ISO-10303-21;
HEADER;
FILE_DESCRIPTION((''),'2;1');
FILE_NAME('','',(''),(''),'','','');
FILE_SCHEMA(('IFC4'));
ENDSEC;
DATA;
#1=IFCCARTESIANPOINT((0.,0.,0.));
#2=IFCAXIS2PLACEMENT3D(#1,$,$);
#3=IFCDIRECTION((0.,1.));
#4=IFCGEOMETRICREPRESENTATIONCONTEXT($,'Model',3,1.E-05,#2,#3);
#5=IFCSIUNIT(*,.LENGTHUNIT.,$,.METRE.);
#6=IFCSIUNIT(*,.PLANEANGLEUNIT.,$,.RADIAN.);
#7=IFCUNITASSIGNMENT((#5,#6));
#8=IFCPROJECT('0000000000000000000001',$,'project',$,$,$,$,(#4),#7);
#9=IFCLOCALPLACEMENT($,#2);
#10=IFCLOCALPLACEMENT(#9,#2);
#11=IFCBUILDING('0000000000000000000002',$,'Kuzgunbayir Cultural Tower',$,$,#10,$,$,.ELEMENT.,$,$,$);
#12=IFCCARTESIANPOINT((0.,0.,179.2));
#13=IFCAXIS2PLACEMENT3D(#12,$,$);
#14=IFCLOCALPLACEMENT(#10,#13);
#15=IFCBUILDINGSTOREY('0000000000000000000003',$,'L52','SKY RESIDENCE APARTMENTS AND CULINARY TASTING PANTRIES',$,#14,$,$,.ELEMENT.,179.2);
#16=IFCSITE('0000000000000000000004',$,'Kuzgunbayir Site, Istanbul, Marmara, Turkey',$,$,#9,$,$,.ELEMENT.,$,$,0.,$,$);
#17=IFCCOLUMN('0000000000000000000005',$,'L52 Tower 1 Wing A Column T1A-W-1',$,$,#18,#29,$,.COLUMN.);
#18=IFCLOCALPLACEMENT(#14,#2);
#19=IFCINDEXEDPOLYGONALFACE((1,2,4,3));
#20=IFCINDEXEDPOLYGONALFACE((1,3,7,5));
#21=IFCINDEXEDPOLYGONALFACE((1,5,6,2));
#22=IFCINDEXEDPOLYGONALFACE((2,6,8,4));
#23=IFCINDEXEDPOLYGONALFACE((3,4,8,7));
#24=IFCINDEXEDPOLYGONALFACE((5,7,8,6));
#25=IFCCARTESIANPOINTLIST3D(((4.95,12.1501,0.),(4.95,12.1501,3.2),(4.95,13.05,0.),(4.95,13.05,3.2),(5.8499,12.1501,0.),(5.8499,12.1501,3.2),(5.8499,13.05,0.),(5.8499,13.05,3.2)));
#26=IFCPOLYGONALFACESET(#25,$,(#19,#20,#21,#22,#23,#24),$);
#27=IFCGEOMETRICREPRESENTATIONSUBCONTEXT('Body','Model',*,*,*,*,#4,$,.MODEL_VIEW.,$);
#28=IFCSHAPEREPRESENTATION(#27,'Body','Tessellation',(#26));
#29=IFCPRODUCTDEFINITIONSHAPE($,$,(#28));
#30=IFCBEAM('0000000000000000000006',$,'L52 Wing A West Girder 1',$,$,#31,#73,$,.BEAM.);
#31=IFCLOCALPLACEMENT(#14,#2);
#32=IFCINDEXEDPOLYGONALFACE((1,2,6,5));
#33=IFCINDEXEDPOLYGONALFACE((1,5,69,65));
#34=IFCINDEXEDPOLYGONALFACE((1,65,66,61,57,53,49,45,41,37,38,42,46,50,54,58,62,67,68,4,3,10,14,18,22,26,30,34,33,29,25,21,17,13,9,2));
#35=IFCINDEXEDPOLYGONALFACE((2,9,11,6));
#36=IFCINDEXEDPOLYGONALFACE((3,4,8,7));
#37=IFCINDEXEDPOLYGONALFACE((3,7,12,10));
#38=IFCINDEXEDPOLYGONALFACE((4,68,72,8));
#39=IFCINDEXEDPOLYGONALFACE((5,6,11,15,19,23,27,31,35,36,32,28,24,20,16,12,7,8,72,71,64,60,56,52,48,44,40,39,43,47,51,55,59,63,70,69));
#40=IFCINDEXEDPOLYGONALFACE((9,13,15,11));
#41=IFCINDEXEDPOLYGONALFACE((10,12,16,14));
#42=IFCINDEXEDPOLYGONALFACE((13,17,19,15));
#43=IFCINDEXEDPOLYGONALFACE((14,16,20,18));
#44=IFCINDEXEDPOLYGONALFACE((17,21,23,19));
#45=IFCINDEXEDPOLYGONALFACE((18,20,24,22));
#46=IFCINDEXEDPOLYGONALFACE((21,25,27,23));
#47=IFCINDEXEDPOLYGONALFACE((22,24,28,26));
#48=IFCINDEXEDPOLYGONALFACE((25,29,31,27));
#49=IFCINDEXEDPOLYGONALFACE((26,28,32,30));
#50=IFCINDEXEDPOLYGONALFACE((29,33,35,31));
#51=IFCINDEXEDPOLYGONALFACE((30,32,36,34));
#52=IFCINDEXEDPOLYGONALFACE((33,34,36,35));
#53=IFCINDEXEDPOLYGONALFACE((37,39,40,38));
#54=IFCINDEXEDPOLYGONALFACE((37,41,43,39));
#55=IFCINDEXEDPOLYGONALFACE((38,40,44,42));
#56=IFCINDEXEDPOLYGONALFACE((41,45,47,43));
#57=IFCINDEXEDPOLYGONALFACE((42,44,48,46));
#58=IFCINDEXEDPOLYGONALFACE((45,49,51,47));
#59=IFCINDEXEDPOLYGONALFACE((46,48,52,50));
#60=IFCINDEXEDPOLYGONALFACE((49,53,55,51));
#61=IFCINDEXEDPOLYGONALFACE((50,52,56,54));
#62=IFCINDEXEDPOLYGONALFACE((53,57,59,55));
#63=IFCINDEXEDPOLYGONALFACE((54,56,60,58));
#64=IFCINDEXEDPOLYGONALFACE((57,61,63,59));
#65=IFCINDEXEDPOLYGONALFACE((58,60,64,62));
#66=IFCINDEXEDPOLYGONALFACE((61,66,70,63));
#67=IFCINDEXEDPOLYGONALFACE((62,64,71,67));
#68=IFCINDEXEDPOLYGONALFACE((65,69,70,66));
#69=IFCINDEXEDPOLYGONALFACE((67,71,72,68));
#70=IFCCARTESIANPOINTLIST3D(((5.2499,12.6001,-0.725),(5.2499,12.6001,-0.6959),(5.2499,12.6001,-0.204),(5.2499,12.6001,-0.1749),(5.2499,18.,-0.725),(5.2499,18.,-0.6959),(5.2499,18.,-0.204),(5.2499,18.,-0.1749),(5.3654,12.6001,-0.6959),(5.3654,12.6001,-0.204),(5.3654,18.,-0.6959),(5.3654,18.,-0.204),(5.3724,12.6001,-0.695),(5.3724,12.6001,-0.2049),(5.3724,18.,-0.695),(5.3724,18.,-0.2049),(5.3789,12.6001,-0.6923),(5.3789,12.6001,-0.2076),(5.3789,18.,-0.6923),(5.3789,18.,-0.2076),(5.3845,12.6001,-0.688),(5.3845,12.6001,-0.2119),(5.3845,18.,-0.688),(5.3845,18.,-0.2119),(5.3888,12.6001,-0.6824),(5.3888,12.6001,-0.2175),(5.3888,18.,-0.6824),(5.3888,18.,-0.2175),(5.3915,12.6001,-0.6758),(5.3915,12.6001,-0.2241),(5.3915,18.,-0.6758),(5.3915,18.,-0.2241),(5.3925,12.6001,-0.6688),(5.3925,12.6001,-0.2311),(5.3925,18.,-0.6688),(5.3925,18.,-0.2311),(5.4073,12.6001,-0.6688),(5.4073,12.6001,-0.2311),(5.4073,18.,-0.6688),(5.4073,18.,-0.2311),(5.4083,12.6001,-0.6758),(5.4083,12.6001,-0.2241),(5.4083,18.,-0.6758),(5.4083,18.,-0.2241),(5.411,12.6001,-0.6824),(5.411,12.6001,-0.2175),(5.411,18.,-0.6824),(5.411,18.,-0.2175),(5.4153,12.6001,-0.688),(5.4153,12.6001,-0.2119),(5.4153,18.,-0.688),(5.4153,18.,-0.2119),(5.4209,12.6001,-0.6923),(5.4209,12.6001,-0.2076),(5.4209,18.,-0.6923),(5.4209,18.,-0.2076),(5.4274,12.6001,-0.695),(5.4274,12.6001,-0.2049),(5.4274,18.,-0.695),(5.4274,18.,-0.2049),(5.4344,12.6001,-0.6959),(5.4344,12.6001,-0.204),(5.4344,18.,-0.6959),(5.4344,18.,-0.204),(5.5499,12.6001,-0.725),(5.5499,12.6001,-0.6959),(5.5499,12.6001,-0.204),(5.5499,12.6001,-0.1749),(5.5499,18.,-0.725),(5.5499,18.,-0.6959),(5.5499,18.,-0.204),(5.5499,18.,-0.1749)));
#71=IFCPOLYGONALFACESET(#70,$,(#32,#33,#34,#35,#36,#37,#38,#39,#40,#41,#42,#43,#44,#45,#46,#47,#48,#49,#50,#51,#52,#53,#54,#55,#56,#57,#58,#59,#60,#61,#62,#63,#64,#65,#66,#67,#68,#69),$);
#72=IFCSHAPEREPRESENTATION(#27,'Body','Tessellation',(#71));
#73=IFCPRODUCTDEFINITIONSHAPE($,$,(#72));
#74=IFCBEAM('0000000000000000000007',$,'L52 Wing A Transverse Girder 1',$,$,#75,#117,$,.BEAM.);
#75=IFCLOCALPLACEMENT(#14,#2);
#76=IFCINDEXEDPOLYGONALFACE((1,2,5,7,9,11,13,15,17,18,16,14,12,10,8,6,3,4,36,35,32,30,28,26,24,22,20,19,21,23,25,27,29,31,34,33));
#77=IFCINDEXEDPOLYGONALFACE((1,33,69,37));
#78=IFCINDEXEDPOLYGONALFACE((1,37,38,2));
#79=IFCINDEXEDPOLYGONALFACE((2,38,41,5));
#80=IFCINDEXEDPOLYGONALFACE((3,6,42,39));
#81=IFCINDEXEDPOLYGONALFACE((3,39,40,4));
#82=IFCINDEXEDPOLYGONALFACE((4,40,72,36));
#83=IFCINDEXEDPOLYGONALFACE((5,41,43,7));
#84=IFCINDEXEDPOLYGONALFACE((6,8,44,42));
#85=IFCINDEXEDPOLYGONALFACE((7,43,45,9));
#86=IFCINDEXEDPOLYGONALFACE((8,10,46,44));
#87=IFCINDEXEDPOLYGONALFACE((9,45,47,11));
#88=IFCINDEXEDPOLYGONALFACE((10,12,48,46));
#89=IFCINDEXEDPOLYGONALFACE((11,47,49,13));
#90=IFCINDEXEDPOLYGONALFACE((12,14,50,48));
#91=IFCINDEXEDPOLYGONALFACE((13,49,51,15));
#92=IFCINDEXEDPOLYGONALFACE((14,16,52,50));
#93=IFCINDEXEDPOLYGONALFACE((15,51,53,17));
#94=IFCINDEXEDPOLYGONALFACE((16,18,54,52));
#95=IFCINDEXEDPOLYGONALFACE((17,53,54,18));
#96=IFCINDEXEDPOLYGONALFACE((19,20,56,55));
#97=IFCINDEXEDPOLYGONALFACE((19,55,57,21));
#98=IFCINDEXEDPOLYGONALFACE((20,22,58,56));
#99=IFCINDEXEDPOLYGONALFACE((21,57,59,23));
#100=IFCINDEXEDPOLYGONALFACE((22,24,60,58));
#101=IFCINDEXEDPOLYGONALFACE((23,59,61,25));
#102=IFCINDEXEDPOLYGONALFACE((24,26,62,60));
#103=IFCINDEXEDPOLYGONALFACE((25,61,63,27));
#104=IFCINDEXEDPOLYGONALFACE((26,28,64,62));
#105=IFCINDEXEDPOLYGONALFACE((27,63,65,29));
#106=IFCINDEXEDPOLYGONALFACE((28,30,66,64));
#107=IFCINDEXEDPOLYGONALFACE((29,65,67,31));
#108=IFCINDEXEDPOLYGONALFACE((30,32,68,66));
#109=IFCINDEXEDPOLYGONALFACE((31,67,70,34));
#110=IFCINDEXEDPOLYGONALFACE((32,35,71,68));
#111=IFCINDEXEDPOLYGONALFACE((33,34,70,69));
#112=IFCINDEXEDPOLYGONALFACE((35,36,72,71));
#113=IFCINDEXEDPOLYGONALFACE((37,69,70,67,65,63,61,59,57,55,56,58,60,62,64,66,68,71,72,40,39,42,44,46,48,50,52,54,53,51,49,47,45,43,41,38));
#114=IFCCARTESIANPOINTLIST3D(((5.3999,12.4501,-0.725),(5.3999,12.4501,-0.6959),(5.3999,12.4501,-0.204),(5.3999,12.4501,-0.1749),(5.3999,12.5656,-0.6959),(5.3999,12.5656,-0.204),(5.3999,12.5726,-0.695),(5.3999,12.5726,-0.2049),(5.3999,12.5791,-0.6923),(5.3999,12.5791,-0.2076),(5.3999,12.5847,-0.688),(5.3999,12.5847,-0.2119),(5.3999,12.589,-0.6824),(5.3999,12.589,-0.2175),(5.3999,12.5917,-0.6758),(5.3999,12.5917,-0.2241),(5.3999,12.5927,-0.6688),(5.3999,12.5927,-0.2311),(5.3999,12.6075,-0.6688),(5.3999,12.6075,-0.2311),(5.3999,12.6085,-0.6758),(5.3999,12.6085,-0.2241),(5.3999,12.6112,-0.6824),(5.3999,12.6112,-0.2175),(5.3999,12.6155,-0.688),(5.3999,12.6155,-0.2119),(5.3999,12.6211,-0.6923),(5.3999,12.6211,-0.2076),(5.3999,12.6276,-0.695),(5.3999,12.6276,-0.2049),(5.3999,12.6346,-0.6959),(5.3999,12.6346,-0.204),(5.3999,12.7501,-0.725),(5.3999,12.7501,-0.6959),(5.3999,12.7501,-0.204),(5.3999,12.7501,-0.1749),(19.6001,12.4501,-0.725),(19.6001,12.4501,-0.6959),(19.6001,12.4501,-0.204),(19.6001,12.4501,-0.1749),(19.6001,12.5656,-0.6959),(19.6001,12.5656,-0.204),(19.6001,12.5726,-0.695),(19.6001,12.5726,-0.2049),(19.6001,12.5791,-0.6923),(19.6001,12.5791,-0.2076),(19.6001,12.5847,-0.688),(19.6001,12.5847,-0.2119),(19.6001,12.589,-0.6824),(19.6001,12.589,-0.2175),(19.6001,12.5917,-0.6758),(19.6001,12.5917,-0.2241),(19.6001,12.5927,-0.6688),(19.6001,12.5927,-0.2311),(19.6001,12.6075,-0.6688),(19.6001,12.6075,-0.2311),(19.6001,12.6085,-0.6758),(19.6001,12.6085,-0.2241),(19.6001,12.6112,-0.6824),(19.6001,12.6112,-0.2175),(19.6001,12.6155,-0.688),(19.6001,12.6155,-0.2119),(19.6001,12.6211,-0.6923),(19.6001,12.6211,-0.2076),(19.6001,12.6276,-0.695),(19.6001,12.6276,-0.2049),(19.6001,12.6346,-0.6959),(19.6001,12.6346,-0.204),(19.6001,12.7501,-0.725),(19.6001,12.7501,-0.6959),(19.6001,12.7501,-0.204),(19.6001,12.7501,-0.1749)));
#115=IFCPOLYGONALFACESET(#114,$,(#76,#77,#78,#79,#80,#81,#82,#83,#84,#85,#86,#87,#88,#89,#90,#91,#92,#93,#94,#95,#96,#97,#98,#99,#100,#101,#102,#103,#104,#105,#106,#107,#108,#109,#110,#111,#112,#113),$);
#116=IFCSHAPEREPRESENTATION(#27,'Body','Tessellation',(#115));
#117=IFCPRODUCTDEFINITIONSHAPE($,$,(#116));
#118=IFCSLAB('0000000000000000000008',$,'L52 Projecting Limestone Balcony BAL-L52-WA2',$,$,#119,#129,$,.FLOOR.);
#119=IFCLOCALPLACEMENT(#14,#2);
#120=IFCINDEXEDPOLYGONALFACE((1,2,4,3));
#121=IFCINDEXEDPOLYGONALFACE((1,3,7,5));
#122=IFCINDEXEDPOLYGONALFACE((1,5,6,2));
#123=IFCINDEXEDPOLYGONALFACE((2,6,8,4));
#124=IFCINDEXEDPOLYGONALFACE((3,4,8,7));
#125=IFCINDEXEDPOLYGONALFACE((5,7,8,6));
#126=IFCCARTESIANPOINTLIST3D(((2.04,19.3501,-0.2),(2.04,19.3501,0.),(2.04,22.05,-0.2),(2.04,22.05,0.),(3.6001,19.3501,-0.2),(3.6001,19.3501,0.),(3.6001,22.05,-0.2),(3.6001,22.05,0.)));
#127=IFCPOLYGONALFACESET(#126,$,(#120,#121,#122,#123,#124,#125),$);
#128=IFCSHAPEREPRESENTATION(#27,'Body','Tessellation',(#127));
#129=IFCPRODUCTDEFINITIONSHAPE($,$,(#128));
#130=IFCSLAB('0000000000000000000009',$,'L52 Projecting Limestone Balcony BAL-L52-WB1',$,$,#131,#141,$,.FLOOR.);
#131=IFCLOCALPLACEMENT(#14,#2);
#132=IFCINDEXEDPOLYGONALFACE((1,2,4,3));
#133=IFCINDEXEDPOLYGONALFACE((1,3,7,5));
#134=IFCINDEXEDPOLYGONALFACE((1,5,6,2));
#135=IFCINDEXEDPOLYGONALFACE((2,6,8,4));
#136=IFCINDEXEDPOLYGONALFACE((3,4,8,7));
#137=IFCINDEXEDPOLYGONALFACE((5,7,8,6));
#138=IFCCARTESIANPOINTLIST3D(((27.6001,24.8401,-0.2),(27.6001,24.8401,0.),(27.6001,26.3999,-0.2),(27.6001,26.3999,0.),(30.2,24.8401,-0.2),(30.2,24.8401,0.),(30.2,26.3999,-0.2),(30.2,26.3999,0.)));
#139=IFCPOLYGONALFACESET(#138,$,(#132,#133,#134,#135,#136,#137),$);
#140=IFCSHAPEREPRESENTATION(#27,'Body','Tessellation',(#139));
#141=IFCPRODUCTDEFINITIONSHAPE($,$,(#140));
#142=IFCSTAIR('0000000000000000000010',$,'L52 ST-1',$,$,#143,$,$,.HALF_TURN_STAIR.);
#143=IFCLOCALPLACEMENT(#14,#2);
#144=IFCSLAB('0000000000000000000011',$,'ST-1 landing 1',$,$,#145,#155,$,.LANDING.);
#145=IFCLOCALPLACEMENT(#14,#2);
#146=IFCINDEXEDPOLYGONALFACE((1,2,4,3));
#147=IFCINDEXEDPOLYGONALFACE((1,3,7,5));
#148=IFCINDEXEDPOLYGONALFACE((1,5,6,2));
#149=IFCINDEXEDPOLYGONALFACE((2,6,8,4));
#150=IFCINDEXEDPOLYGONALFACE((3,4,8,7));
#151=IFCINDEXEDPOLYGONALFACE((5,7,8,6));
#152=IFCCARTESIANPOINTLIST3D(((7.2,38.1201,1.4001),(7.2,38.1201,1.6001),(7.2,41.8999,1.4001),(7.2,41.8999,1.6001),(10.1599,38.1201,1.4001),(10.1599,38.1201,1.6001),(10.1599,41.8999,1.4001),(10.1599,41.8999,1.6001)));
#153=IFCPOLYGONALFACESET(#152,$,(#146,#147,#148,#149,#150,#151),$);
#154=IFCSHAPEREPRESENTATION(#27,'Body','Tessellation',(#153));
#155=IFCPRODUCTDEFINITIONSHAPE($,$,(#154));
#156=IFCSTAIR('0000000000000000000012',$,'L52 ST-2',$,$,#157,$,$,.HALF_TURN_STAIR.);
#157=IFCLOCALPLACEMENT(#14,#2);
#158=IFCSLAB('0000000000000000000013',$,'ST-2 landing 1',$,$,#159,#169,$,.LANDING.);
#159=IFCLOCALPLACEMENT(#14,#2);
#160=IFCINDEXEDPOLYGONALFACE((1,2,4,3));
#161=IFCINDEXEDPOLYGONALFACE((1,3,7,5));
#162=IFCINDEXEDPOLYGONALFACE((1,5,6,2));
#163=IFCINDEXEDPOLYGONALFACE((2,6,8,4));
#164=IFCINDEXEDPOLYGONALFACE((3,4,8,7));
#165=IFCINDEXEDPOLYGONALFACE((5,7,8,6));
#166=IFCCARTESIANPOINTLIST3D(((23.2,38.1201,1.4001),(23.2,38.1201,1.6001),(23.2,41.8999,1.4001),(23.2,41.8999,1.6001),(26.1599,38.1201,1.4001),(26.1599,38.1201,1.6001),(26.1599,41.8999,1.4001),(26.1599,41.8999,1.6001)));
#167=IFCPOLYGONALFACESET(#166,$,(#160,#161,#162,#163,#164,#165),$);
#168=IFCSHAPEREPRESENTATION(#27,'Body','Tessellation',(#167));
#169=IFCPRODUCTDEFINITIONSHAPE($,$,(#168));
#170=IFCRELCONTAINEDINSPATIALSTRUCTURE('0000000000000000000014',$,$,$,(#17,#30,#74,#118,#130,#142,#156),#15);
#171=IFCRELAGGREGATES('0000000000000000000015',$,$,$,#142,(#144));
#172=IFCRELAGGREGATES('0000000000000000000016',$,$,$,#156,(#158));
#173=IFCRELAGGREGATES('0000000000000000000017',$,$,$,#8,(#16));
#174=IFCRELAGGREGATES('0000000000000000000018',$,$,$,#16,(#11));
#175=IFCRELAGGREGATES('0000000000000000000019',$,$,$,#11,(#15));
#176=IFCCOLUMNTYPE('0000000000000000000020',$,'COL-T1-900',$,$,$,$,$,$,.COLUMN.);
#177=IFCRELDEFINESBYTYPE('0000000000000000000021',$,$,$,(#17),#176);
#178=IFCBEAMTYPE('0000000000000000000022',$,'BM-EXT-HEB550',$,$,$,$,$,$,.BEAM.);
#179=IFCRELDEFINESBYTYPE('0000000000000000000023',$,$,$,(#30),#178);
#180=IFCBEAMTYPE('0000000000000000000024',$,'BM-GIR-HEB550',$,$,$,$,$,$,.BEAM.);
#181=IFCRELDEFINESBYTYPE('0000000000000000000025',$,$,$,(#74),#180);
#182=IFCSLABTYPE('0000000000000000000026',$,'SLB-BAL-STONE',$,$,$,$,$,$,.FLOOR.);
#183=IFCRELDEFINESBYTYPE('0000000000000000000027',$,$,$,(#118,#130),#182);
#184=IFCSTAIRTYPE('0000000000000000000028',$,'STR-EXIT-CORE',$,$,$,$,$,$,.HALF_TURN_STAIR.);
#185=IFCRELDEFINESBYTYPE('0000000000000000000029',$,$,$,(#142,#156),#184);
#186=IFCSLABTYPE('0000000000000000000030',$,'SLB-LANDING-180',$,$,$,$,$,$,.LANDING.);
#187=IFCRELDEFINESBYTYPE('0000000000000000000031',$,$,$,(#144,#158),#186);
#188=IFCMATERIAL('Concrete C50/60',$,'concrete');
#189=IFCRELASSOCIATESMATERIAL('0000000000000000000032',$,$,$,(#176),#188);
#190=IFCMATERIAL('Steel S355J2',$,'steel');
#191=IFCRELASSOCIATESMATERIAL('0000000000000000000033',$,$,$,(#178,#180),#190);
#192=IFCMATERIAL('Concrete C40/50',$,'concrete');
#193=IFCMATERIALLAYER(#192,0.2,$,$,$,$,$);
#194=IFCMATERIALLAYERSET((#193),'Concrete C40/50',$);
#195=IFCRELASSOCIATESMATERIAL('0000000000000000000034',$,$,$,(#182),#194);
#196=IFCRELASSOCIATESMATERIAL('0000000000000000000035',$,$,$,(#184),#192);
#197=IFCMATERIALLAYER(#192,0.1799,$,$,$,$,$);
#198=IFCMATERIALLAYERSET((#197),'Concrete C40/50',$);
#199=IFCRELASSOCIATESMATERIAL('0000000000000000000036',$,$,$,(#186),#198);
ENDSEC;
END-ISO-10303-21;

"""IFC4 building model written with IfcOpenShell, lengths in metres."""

from ifc_helpers import new_model, si_unit, direction, frame, origin, origin_2d, place, context, subcontext, project, spatial, polyline, rectangle, i_section, outline, extrude, material, layer, layer_set, material_profile, profile_set, type_object, element, aggregate, save


model = new_model("IFC4")

# Units and contexts
model_context = context("Model", 3, precision=1e-05, world=origin(), true_north=direction((0.0, 1.0)))
body_context = subcontext(model_context, "Body", "Model", "MODEL_VIEW")
ifc_project = project(units=[si_unit("LENGTHUNIT", "METRE"), si_unit("PLANEANGLEUNIT", "RADIAN")], contexts=[model_context])

# Site, building, storey
site_placement = place(None, origin())
site = spatial("IfcSite", under=ifc_project, at=site_placement, Name="Kuzgunbayir Site, Istanbul, Marmara, Turkey", CompositionType="ELEMENT", RefElevation=0.0)
building_placement = place(site_placement, origin())
building = spatial("IfcBuilding", under=site, at=building_placement, Name="Kuzgunbayir Cultural Tower", CompositionType="ELEMENT")
storey_placement = place(building_placement, frame((0.0, 0.0, 179.2)))
storey = spatial("IfcBuildingStorey", under=building, at=storey_placement, Name="L52", Description="SKY RESIDENCE APARTMENTS AND CULINARY TASTING PANTRIES", CompositionType="ELEMENT", Elevation=179.2)

# Column
ifc_material_1 = material(Name="Concrete C50/60", Category="concrete")
ifc_material_profile_1 = material_profile(ifc_material_1, rectangle(XDim=0.8999, YDim=0.8999, at=origin_2d()), Name="RC 900x900")
ifc_profile_set_1 = profile_set([ifc_material_profile_1], Name="Concrete C50/60")
column_type = type_object("IfcColumnType", Name="COL-T1-900", PredefinedType="COLUMN", material=ifc_profile_set_1)
column_placement = place(storey_placement, frame((5.3999, 12.6001, 0.0), z_axis=(0.0, 0.0, 1.0), x_axis=(1.0, 0.0, 0.0)))
element("IfcColumn", 1, at=column_placement, inside=storey, type_object=column_type, Name="L52 Tower 1 Wing A Column T1A-W-1", PredefinedType="COLUMN", context=body_context, shape_type="SweptSolid", body=[
    extrude(rectangle(XDim=0.8999, YDim=0.8999, at=origin_2d()), origin(), (0.0, 0.0, 1.0), 3.2),
])

# Beams
ifc_material_2 = material(Name="Steel S355J2", Category="steel")
ifc_material_profile_2 = material_profile(ifc_material_2, i_section(OverallWidth=0.3, OverallDepth=0.55, WebThickness=0.0149, FlangeThickness=0.0291, FilletRadius=0.0271, at=origin_2d()), Name="HEB 550")
ifc_profile_set_2 = profile_set([ifc_material_profile_2], Name="Steel S355J2")
beam_type_1 = type_object("IfcBeamType", Name="BM-EXT-HEB550", PredefinedType="BEAM", material=ifc_profile_set_2)
beam_1_placement = place(storey_placement, frame((5.3999, 12.6001, -0.45), z_axis=(0.0, 1.0, 0.0), x_axis=(-1.0, 0.0, 0.0)))
element("IfcBeam", 2, at=beam_1_placement, inside=storey, type_object=beam_type_1, Name="L52 Wing A West Girder 1", PredefinedType="BEAM", context=body_context, shape_type="SweptSolid", body=[
    extrude(i_section(OverallWidth=0.3, OverallDepth=0.55, WebThickness=0.0149, FlangeThickness=0.0291, FilletRadius=0.0271, at=origin_2d()), origin(), (0.0, 0.0, 1.0), 5.3999),
])
ifc_material_profile_3 = material_profile(ifc_material_2, i_section(OverallWidth=0.3, OverallDepth=0.55, WebThickness=0.0149, FlangeThickness=0.0291, FilletRadius=0.0271, at=origin_2d()), Name="HEB 550")
ifc_profile_set_3 = profile_set([ifc_material_profile_3], Name="Steel S355J2")
beam_type_2 = type_object("IfcBeamType", Name="BM-GIR-HEB550", PredefinedType="BEAM", material=ifc_profile_set_3)
beam_2_placement = place(storey_placement, frame((5.3999, 12.6001, -0.45), z_axis=(1.0, 0.0, 0.0), x_axis=(0.0, 1.0, 0.0)))
element("IfcBeam", 3, at=beam_2_placement, inside=storey, type_object=beam_type_2, Name="L52 Wing A Transverse Girder 1", PredefinedType="BEAM", context=body_context, shape_type="SweptSolid", body=[
    extrude(i_section(OverallWidth=0.3, OverallDepth=0.55, WebThickness=0.0149, FlangeThickness=0.0291, FilletRadius=0.0271, at=origin_2d()), origin(), (0.0, 0.0, 1.0), 14.2002),
])

# Slabs
ifc_material_3 = material(Name="Concrete C40/50", Category="concrete")
ifc_layer_1 = layer(ifc_material_3, 0.2)
ifc_layer_set_1 = layer_set([ifc_layer_1], Name="Concrete C40/50")
slab_type_1 = type_object("IfcSlabType", Name="SLB-BAL-STONE", PredefinedType="FLOOR", material=ifc_layer_set_1)
slab_1_placement = place(storey_placement, frame((0.0, 0.0, -0.2)))
element("IfcSlab", 4, at=slab_1_placement, inside=storey, type_object=slab_type_1, Name="L52 Projecting Limestone Balcony BAL-L52-WA2", PredefinedType="FLOOR", context=body_context, shape_type="SweptSolid", body=[
    extrude(outline(polyline([(2.04, 19.3501), (3.6001, 19.3501), (3.6001, 22.05), (2.04, 22.05), (2.04, 19.3501)])), origin(), (0.0, 0.0, 1.0), 0.2),
])
slab_2_placement = place(storey_placement, frame((0.0, 0.0, -0.2)))
element("IfcSlab", 5, at=slab_2_placement, inside=storey, type_object=slab_type_1, Name="L52 Projecting Limestone Balcony BAL-L52-WB1", PredefinedType="FLOOR", context=body_context, shape_type="SweptSolid", body=[
    extrude(outline(polyline([(27.6001, 24.8401), (30.2, 24.8401), (30.2, 26.3999), (27.6001, 26.3999), (27.6001, 24.8401)])), origin(), (0.0, 0.0, 1.0), 0.2),
])

# Stairs, slabs
stair_type = type_object("IfcStairType", Name="STR-EXIT-CORE", PredefinedType="HALF_TURN_STAIR", material=ifc_material_3)
stair_1_placement = place(storey_placement, origin())
stair_1 = element("IfcStair", 6, at=stair_1_placement, inside=storey, type_object=stair_type, Name="L52 ST-1", PredefinedType="HALF_TURN_STAIR")
ifc_layer_2 = layer(ifc_material_3, 0.1799)
ifc_layer_set_2 = layer_set([ifc_layer_2], Name="Concrete C40/50")
slab_type_2 = type_object("IfcSlabType", Name="SLB-LANDING-180", PredefinedType="LANDING", material=ifc_layer_set_2)
slab_3_placement = place(storey_placement, frame((0.0, 0.0, 1.4001)))
slab_3 = element("IfcSlab", 7, at=slab_3_placement, type_object=slab_type_2, Name="ST-1 landing 1", PredefinedType="LANDING", context=body_context, shape_type="SweptSolid", body=[
    extrude(outline(polyline([(10.1599, 38.1201), (10.1599, 41.8999), (7.2, 41.8999), (7.2, 38.1201), (10.1599, 38.1201)])), origin(), (0.0, 0.0, 1.0), 0.2),
])
aggregate(stair_1, [slab_3])
stair_2_placement = place(storey_placement, origin())
stair_2 = element("IfcStair", 8, at=stair_2_placement, inside=storey, type_object=stair_type, Name="L52 ST-2", PredefinedType="HALF_TURN_STAIR")
slab_4_placement = place(storey_placement, frame((0.0, 0.0, 1.4001)))
slab_4 = element("IfcSlab", 9, at=slab_4_placement, type_object=slab_type_2, Name="ST-2 landing 1", PredefinedType="LANDING", context=body_context, shape_type="SweptSolid", body=[
    extrude(outline(polyline([(26.1599, 38.1201), (26.1599, 41.8999), (23.2, 41.8999), (23.2, 38.1201), (26.1599, 38.1201)])), origin(), (0.0, 0.0, 1.0), 0.2),
])
aggregate(stair_2, [slab_4])

save(model, "model.ifc")
